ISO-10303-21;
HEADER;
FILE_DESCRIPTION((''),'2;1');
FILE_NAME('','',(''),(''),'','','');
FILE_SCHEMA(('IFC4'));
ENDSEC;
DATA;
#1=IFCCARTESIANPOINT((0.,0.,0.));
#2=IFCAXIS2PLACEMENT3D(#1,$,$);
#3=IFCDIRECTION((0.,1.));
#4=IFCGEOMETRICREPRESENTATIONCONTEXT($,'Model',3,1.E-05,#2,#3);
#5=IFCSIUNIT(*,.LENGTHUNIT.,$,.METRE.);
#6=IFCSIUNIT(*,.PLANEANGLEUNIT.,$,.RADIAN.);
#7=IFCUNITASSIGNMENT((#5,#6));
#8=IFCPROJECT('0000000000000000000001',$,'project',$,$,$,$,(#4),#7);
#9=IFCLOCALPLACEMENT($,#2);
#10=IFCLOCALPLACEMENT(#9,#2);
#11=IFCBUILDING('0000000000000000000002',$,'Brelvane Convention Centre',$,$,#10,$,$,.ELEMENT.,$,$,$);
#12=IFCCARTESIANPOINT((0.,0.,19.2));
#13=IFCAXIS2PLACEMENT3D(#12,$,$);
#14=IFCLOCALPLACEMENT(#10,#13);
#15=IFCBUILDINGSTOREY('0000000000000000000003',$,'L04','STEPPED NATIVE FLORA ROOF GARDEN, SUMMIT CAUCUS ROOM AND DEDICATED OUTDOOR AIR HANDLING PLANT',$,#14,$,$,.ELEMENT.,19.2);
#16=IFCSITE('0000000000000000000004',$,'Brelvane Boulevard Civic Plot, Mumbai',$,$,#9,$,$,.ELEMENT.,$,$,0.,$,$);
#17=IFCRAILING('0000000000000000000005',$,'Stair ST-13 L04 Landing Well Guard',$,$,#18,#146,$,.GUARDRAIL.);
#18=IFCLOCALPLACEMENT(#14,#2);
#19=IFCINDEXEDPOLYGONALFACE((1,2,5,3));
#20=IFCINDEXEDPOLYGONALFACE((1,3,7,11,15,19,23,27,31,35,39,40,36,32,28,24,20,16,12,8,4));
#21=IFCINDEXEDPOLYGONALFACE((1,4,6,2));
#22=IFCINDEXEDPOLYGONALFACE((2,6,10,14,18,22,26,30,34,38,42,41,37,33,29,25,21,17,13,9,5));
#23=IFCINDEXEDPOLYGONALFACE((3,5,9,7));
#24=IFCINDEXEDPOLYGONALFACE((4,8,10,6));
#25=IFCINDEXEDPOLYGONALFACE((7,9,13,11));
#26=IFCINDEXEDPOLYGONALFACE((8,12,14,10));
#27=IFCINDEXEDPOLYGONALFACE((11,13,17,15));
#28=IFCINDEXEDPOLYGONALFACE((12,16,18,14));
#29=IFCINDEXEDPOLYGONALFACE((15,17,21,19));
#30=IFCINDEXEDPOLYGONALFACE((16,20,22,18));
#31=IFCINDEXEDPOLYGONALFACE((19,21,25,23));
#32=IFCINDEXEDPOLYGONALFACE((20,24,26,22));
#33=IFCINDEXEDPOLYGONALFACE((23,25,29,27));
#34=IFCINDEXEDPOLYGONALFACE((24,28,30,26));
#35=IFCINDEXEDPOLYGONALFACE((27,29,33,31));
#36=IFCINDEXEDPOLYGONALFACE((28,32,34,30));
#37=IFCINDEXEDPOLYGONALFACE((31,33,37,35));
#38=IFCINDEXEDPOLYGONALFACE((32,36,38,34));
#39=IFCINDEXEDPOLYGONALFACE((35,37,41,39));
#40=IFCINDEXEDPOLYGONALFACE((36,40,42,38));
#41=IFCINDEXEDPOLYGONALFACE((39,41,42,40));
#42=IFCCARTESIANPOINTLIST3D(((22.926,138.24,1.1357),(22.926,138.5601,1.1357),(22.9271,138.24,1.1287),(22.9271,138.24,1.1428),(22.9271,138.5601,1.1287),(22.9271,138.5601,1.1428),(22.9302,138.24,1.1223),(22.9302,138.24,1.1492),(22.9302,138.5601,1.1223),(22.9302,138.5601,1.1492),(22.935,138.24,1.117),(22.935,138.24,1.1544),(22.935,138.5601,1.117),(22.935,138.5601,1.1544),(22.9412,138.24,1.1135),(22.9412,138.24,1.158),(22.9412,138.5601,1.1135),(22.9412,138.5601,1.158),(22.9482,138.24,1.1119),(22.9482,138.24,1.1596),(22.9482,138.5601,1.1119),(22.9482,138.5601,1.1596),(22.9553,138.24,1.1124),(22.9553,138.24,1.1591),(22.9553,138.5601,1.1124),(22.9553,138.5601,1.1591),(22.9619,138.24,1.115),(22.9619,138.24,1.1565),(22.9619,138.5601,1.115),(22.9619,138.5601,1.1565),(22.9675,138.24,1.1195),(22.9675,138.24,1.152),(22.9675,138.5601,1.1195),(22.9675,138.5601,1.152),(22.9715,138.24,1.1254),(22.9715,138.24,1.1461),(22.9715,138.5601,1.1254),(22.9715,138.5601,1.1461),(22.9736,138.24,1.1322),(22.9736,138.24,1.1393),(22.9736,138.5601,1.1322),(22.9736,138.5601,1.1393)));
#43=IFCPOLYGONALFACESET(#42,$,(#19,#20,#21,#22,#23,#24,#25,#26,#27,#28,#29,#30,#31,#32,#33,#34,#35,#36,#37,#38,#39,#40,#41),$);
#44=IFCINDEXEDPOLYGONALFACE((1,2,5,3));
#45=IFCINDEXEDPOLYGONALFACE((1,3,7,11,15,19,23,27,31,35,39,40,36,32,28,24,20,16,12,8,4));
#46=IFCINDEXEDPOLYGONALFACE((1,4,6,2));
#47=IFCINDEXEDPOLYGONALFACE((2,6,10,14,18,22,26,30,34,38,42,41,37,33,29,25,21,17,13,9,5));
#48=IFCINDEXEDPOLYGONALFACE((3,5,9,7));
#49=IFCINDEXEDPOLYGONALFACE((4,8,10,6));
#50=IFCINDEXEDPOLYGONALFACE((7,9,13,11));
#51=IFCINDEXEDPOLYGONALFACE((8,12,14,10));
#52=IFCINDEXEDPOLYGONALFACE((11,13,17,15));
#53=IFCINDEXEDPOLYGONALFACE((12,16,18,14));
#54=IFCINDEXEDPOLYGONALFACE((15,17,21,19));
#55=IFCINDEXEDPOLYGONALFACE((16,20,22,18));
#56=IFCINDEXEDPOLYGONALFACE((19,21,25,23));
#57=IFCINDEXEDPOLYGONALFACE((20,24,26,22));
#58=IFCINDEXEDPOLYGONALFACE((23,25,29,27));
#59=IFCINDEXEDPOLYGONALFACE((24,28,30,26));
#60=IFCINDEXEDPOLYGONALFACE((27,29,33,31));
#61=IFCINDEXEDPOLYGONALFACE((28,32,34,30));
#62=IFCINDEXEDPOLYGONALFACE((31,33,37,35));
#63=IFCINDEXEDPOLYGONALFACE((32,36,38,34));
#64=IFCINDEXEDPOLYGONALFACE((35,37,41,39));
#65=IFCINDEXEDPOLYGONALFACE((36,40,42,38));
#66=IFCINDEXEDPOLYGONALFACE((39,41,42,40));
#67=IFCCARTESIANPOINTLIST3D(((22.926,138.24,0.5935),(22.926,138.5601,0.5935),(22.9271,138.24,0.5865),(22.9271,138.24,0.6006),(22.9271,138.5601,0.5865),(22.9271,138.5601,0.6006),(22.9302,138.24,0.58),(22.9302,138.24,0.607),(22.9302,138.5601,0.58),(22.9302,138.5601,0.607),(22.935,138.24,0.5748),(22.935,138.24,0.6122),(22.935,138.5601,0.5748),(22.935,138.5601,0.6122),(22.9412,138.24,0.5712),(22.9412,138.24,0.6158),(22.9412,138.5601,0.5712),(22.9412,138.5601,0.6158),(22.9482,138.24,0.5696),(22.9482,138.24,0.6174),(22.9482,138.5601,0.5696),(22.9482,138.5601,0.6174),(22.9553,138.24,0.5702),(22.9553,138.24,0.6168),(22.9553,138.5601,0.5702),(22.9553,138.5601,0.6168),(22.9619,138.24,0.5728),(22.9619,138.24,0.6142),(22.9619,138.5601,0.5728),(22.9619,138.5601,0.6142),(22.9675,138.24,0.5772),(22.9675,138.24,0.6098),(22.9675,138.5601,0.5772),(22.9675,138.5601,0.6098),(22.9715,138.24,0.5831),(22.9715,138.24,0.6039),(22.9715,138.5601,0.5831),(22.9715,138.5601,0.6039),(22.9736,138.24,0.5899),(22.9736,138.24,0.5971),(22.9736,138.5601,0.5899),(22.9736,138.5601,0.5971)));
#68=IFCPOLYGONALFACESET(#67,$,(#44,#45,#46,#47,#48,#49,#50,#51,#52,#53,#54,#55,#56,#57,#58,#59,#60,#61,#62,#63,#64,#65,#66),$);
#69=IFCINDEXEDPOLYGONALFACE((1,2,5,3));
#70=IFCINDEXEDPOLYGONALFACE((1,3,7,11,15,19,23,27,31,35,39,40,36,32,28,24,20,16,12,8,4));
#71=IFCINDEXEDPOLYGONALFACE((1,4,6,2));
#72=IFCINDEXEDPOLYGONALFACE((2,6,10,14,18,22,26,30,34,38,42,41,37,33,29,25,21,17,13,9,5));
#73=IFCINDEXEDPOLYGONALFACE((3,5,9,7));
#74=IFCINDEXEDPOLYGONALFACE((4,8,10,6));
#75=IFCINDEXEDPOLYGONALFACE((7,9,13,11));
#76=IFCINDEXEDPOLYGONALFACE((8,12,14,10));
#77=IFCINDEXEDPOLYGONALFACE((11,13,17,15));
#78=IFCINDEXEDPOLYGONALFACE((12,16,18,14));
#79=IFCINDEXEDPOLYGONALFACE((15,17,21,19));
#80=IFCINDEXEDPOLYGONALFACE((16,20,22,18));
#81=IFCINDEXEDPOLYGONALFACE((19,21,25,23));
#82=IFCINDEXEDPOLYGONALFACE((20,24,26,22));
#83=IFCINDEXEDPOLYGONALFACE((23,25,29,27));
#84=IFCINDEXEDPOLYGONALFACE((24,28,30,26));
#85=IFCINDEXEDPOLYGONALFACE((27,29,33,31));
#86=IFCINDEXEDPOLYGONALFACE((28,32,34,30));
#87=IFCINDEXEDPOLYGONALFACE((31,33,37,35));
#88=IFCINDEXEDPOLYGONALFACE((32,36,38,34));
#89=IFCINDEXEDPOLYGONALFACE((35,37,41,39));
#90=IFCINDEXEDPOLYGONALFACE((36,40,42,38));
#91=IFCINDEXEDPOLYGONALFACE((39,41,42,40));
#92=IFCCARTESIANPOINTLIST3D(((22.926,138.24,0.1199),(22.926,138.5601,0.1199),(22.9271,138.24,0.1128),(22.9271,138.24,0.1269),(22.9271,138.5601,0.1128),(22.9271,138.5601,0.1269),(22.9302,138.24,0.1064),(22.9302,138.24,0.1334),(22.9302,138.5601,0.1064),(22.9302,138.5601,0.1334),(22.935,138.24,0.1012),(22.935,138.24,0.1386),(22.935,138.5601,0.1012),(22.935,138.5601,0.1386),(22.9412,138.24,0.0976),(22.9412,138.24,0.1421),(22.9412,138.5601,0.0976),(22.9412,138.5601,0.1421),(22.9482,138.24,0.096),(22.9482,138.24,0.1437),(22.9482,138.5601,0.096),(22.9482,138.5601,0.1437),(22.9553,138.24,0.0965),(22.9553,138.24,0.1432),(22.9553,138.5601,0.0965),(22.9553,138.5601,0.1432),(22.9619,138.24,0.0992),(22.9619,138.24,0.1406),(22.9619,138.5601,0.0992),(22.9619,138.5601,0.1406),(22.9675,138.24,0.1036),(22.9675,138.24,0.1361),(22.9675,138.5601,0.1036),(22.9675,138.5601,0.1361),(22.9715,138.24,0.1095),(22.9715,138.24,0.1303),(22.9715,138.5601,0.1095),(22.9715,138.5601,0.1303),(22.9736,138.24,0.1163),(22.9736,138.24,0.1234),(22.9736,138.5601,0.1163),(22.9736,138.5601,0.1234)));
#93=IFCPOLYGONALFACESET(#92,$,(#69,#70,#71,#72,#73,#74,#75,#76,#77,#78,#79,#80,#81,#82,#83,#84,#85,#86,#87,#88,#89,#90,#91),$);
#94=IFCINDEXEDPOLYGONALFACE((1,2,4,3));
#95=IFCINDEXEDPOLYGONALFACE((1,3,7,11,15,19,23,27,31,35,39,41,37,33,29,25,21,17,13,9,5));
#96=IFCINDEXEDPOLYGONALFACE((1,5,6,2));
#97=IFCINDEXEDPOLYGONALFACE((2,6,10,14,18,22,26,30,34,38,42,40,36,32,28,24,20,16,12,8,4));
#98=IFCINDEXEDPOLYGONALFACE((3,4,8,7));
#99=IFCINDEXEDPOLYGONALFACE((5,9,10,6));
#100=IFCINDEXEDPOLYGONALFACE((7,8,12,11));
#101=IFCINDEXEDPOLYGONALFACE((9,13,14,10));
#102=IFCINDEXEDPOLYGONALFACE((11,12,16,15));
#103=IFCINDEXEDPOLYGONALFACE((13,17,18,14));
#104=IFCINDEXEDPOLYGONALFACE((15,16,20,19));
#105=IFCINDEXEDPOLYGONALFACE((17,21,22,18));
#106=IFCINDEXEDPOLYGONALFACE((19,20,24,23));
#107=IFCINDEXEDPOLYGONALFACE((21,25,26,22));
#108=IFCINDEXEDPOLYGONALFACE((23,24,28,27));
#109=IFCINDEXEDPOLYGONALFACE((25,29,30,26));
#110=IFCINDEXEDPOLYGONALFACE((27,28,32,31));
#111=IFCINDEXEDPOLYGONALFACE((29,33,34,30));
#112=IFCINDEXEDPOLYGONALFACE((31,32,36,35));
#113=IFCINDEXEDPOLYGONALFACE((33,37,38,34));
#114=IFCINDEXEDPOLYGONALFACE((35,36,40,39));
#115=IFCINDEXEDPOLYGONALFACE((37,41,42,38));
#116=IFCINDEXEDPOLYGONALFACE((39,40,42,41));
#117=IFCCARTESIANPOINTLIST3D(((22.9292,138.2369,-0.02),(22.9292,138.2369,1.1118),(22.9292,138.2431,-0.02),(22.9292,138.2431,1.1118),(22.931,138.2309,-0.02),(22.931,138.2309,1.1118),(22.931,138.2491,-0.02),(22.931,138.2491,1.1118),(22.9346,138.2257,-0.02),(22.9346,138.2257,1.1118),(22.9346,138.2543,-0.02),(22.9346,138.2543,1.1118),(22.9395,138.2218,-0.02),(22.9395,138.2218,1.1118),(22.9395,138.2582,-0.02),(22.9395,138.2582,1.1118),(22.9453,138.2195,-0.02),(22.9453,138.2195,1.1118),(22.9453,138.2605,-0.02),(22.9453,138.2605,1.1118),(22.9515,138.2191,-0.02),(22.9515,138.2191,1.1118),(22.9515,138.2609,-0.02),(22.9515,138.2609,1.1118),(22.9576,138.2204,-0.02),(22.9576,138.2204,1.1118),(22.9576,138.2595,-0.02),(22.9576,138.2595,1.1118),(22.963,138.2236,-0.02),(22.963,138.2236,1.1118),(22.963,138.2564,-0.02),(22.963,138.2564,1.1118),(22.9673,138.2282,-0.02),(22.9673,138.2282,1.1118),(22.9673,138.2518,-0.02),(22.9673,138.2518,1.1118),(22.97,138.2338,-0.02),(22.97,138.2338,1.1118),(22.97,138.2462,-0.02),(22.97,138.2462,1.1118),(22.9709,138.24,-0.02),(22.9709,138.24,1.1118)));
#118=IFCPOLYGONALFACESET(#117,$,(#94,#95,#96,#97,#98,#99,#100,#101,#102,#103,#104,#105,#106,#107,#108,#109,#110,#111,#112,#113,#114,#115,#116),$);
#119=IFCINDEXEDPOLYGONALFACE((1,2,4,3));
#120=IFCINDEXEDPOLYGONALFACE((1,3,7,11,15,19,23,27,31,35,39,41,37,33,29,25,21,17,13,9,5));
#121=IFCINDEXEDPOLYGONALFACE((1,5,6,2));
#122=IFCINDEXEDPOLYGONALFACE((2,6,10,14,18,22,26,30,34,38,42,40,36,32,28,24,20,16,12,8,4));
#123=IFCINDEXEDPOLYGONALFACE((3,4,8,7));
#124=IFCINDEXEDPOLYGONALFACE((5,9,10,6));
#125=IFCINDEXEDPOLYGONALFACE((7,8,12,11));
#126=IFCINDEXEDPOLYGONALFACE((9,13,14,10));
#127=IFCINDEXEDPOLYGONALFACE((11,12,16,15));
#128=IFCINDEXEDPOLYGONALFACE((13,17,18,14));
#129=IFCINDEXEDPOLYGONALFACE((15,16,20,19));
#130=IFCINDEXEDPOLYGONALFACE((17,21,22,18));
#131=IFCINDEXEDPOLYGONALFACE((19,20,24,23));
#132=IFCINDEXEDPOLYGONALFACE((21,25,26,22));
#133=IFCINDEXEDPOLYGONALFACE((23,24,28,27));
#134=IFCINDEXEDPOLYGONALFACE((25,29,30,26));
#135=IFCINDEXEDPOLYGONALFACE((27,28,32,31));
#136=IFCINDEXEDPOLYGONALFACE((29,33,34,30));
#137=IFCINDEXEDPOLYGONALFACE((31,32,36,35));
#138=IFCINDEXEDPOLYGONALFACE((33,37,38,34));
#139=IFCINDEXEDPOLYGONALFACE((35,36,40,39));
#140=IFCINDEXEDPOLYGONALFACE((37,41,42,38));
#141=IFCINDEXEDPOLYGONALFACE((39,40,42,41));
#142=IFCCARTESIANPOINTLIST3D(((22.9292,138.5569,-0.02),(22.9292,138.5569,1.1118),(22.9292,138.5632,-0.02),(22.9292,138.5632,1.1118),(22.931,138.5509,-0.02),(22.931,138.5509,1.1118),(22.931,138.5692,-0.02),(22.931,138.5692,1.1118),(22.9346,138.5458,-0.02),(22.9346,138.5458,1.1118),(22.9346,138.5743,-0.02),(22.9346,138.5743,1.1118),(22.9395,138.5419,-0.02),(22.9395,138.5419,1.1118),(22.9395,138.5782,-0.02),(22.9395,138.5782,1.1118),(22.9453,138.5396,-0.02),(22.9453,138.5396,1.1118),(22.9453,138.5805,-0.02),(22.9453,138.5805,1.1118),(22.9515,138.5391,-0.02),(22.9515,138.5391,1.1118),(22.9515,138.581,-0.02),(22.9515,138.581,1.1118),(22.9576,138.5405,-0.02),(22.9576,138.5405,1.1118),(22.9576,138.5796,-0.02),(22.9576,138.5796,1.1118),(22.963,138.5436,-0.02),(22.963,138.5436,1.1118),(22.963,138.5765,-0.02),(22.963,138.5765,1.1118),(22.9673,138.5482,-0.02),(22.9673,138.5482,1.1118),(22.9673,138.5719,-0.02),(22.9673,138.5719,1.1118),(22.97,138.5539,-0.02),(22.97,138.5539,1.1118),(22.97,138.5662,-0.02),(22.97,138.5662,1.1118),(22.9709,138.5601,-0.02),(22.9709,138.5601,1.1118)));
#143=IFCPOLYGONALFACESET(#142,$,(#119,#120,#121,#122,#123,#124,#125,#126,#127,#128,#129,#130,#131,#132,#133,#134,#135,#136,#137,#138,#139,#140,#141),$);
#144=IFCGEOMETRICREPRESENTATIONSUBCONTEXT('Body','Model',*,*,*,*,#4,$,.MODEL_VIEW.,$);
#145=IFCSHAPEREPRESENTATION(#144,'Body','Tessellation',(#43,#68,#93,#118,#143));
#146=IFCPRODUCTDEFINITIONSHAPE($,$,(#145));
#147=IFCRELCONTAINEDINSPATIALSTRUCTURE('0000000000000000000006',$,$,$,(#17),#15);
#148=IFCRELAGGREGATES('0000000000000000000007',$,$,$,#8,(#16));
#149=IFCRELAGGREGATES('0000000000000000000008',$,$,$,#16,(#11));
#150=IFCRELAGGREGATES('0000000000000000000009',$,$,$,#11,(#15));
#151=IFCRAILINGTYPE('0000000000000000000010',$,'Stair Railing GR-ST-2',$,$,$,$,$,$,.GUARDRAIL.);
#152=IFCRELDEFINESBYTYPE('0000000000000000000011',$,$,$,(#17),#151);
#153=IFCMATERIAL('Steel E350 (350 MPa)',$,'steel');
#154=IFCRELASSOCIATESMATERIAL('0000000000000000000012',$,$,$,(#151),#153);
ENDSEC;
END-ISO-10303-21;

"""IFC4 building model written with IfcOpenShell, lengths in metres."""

from ifc_helpers import new_model, si_unit, direction, frame, origin, origin_2d, place, context, subcontext, project, spatial, circle, extrude, material, type_object, element, save


model = new_model("IFC4")

# Units and contexts
model_context = context("Model", 3, precision=1e-05, world=origin(), true_north=direction((0.0, 1.0)))
body_context = subcontext(model_context, "Body", "Model", "MODEL_VIEW")
ifc_project = project(units=[si_unit("LENGTHUNIT", "METRE"), si_unit("PLANEANGLEUNIT", "RADIAN")], contexts=[model_context])

# Site, building, storey
site_placement = place(None, origin())
site = spatial("IfcSite", under=ifc_project, at=site_placement, Name="Brelvane Boulevard Civic Plot, Mumbai", CompositionType="ELEMENT", RefElevation=0.0)
building_placement = place(site_placement, origin())
building = spatial("IfcBuilding", under=site, at=building_placement, Name="Brelvane Convention Centre", CompositionType="ELEMENT")
storey_placement = place(building_placement, frame((0.0, 0.0, 19.2)))
storey = spatial("IfcBuildingStorey", under=building, at=storey_placement, Name="L04", Description="STEPPED NATIVE FLORA ROOF GARDEN, SUMMIT CAUCUS ROOM AND DEDICATED OUTDOOR AIR HANDLING PLANT", CompositionType="ELEMENT", Elevation=19.2)

# Railing
ifc_material_1 = material(Name="Steel E350 (350 MPa)", Category="steel")
railing_type_1 = type_object("IfcRailingType", Name="Stair Railing GR-ST-2", PredefinedType="GUARDRAIL", material=ifc_material_1)
railing_1_placement = place(storey_placement, frame((22.95, 138.24, -0.02)))
element("IfcRailing", 1, at=railing_1_placement, inside=storey, type_object=railing_type_1, Name="Stair ST-13 L04 Landing Well Guard", PredefinedType="GUARDRAIL", context=body_context, shape_type="SweptSolid", body=[
    extrude(circle(Radius=0.0239, at=origin_2d()), frame((0.0, 0.0, 1.1558), z_axis=(0.0, 1.0, 0.0), x_axis=(-1.0, 0.0, 0.0)), (0.0, 0.0, 1.0), 0.3201),
    extrude(circle(Radius=0.0239, at=origin_2d()), frame((0.0, 0.0, 0.6135), z_axis=(0.0, 1.0, 0.0), x_axis=(-1.0, 0.0, 0.0)), (0.0, 0.0, 1.0), 0.3201),
    extrude(circle(Radius=0.0239, at=origin_2d()), frame((0.0, 0.0, 0.1399), z_axis=(0.0, 1.0, 0.0), x_axis=(-1.0, 0.0, 0.0)), (0.0, 0.0, 1.0), 0.3201),
    extrude(circle(Radius=0.021, at=origin_2d()), origin(), (0.0, 0.0, 1.0), 1.1318),
    extrude(circle(Radius=0.021, at=origin_2d()), frame((0.0, 0.3201, 0.0)), (0.0, 0.0, 1.0), 1.1318),
])

save(model, "model.ifc")
